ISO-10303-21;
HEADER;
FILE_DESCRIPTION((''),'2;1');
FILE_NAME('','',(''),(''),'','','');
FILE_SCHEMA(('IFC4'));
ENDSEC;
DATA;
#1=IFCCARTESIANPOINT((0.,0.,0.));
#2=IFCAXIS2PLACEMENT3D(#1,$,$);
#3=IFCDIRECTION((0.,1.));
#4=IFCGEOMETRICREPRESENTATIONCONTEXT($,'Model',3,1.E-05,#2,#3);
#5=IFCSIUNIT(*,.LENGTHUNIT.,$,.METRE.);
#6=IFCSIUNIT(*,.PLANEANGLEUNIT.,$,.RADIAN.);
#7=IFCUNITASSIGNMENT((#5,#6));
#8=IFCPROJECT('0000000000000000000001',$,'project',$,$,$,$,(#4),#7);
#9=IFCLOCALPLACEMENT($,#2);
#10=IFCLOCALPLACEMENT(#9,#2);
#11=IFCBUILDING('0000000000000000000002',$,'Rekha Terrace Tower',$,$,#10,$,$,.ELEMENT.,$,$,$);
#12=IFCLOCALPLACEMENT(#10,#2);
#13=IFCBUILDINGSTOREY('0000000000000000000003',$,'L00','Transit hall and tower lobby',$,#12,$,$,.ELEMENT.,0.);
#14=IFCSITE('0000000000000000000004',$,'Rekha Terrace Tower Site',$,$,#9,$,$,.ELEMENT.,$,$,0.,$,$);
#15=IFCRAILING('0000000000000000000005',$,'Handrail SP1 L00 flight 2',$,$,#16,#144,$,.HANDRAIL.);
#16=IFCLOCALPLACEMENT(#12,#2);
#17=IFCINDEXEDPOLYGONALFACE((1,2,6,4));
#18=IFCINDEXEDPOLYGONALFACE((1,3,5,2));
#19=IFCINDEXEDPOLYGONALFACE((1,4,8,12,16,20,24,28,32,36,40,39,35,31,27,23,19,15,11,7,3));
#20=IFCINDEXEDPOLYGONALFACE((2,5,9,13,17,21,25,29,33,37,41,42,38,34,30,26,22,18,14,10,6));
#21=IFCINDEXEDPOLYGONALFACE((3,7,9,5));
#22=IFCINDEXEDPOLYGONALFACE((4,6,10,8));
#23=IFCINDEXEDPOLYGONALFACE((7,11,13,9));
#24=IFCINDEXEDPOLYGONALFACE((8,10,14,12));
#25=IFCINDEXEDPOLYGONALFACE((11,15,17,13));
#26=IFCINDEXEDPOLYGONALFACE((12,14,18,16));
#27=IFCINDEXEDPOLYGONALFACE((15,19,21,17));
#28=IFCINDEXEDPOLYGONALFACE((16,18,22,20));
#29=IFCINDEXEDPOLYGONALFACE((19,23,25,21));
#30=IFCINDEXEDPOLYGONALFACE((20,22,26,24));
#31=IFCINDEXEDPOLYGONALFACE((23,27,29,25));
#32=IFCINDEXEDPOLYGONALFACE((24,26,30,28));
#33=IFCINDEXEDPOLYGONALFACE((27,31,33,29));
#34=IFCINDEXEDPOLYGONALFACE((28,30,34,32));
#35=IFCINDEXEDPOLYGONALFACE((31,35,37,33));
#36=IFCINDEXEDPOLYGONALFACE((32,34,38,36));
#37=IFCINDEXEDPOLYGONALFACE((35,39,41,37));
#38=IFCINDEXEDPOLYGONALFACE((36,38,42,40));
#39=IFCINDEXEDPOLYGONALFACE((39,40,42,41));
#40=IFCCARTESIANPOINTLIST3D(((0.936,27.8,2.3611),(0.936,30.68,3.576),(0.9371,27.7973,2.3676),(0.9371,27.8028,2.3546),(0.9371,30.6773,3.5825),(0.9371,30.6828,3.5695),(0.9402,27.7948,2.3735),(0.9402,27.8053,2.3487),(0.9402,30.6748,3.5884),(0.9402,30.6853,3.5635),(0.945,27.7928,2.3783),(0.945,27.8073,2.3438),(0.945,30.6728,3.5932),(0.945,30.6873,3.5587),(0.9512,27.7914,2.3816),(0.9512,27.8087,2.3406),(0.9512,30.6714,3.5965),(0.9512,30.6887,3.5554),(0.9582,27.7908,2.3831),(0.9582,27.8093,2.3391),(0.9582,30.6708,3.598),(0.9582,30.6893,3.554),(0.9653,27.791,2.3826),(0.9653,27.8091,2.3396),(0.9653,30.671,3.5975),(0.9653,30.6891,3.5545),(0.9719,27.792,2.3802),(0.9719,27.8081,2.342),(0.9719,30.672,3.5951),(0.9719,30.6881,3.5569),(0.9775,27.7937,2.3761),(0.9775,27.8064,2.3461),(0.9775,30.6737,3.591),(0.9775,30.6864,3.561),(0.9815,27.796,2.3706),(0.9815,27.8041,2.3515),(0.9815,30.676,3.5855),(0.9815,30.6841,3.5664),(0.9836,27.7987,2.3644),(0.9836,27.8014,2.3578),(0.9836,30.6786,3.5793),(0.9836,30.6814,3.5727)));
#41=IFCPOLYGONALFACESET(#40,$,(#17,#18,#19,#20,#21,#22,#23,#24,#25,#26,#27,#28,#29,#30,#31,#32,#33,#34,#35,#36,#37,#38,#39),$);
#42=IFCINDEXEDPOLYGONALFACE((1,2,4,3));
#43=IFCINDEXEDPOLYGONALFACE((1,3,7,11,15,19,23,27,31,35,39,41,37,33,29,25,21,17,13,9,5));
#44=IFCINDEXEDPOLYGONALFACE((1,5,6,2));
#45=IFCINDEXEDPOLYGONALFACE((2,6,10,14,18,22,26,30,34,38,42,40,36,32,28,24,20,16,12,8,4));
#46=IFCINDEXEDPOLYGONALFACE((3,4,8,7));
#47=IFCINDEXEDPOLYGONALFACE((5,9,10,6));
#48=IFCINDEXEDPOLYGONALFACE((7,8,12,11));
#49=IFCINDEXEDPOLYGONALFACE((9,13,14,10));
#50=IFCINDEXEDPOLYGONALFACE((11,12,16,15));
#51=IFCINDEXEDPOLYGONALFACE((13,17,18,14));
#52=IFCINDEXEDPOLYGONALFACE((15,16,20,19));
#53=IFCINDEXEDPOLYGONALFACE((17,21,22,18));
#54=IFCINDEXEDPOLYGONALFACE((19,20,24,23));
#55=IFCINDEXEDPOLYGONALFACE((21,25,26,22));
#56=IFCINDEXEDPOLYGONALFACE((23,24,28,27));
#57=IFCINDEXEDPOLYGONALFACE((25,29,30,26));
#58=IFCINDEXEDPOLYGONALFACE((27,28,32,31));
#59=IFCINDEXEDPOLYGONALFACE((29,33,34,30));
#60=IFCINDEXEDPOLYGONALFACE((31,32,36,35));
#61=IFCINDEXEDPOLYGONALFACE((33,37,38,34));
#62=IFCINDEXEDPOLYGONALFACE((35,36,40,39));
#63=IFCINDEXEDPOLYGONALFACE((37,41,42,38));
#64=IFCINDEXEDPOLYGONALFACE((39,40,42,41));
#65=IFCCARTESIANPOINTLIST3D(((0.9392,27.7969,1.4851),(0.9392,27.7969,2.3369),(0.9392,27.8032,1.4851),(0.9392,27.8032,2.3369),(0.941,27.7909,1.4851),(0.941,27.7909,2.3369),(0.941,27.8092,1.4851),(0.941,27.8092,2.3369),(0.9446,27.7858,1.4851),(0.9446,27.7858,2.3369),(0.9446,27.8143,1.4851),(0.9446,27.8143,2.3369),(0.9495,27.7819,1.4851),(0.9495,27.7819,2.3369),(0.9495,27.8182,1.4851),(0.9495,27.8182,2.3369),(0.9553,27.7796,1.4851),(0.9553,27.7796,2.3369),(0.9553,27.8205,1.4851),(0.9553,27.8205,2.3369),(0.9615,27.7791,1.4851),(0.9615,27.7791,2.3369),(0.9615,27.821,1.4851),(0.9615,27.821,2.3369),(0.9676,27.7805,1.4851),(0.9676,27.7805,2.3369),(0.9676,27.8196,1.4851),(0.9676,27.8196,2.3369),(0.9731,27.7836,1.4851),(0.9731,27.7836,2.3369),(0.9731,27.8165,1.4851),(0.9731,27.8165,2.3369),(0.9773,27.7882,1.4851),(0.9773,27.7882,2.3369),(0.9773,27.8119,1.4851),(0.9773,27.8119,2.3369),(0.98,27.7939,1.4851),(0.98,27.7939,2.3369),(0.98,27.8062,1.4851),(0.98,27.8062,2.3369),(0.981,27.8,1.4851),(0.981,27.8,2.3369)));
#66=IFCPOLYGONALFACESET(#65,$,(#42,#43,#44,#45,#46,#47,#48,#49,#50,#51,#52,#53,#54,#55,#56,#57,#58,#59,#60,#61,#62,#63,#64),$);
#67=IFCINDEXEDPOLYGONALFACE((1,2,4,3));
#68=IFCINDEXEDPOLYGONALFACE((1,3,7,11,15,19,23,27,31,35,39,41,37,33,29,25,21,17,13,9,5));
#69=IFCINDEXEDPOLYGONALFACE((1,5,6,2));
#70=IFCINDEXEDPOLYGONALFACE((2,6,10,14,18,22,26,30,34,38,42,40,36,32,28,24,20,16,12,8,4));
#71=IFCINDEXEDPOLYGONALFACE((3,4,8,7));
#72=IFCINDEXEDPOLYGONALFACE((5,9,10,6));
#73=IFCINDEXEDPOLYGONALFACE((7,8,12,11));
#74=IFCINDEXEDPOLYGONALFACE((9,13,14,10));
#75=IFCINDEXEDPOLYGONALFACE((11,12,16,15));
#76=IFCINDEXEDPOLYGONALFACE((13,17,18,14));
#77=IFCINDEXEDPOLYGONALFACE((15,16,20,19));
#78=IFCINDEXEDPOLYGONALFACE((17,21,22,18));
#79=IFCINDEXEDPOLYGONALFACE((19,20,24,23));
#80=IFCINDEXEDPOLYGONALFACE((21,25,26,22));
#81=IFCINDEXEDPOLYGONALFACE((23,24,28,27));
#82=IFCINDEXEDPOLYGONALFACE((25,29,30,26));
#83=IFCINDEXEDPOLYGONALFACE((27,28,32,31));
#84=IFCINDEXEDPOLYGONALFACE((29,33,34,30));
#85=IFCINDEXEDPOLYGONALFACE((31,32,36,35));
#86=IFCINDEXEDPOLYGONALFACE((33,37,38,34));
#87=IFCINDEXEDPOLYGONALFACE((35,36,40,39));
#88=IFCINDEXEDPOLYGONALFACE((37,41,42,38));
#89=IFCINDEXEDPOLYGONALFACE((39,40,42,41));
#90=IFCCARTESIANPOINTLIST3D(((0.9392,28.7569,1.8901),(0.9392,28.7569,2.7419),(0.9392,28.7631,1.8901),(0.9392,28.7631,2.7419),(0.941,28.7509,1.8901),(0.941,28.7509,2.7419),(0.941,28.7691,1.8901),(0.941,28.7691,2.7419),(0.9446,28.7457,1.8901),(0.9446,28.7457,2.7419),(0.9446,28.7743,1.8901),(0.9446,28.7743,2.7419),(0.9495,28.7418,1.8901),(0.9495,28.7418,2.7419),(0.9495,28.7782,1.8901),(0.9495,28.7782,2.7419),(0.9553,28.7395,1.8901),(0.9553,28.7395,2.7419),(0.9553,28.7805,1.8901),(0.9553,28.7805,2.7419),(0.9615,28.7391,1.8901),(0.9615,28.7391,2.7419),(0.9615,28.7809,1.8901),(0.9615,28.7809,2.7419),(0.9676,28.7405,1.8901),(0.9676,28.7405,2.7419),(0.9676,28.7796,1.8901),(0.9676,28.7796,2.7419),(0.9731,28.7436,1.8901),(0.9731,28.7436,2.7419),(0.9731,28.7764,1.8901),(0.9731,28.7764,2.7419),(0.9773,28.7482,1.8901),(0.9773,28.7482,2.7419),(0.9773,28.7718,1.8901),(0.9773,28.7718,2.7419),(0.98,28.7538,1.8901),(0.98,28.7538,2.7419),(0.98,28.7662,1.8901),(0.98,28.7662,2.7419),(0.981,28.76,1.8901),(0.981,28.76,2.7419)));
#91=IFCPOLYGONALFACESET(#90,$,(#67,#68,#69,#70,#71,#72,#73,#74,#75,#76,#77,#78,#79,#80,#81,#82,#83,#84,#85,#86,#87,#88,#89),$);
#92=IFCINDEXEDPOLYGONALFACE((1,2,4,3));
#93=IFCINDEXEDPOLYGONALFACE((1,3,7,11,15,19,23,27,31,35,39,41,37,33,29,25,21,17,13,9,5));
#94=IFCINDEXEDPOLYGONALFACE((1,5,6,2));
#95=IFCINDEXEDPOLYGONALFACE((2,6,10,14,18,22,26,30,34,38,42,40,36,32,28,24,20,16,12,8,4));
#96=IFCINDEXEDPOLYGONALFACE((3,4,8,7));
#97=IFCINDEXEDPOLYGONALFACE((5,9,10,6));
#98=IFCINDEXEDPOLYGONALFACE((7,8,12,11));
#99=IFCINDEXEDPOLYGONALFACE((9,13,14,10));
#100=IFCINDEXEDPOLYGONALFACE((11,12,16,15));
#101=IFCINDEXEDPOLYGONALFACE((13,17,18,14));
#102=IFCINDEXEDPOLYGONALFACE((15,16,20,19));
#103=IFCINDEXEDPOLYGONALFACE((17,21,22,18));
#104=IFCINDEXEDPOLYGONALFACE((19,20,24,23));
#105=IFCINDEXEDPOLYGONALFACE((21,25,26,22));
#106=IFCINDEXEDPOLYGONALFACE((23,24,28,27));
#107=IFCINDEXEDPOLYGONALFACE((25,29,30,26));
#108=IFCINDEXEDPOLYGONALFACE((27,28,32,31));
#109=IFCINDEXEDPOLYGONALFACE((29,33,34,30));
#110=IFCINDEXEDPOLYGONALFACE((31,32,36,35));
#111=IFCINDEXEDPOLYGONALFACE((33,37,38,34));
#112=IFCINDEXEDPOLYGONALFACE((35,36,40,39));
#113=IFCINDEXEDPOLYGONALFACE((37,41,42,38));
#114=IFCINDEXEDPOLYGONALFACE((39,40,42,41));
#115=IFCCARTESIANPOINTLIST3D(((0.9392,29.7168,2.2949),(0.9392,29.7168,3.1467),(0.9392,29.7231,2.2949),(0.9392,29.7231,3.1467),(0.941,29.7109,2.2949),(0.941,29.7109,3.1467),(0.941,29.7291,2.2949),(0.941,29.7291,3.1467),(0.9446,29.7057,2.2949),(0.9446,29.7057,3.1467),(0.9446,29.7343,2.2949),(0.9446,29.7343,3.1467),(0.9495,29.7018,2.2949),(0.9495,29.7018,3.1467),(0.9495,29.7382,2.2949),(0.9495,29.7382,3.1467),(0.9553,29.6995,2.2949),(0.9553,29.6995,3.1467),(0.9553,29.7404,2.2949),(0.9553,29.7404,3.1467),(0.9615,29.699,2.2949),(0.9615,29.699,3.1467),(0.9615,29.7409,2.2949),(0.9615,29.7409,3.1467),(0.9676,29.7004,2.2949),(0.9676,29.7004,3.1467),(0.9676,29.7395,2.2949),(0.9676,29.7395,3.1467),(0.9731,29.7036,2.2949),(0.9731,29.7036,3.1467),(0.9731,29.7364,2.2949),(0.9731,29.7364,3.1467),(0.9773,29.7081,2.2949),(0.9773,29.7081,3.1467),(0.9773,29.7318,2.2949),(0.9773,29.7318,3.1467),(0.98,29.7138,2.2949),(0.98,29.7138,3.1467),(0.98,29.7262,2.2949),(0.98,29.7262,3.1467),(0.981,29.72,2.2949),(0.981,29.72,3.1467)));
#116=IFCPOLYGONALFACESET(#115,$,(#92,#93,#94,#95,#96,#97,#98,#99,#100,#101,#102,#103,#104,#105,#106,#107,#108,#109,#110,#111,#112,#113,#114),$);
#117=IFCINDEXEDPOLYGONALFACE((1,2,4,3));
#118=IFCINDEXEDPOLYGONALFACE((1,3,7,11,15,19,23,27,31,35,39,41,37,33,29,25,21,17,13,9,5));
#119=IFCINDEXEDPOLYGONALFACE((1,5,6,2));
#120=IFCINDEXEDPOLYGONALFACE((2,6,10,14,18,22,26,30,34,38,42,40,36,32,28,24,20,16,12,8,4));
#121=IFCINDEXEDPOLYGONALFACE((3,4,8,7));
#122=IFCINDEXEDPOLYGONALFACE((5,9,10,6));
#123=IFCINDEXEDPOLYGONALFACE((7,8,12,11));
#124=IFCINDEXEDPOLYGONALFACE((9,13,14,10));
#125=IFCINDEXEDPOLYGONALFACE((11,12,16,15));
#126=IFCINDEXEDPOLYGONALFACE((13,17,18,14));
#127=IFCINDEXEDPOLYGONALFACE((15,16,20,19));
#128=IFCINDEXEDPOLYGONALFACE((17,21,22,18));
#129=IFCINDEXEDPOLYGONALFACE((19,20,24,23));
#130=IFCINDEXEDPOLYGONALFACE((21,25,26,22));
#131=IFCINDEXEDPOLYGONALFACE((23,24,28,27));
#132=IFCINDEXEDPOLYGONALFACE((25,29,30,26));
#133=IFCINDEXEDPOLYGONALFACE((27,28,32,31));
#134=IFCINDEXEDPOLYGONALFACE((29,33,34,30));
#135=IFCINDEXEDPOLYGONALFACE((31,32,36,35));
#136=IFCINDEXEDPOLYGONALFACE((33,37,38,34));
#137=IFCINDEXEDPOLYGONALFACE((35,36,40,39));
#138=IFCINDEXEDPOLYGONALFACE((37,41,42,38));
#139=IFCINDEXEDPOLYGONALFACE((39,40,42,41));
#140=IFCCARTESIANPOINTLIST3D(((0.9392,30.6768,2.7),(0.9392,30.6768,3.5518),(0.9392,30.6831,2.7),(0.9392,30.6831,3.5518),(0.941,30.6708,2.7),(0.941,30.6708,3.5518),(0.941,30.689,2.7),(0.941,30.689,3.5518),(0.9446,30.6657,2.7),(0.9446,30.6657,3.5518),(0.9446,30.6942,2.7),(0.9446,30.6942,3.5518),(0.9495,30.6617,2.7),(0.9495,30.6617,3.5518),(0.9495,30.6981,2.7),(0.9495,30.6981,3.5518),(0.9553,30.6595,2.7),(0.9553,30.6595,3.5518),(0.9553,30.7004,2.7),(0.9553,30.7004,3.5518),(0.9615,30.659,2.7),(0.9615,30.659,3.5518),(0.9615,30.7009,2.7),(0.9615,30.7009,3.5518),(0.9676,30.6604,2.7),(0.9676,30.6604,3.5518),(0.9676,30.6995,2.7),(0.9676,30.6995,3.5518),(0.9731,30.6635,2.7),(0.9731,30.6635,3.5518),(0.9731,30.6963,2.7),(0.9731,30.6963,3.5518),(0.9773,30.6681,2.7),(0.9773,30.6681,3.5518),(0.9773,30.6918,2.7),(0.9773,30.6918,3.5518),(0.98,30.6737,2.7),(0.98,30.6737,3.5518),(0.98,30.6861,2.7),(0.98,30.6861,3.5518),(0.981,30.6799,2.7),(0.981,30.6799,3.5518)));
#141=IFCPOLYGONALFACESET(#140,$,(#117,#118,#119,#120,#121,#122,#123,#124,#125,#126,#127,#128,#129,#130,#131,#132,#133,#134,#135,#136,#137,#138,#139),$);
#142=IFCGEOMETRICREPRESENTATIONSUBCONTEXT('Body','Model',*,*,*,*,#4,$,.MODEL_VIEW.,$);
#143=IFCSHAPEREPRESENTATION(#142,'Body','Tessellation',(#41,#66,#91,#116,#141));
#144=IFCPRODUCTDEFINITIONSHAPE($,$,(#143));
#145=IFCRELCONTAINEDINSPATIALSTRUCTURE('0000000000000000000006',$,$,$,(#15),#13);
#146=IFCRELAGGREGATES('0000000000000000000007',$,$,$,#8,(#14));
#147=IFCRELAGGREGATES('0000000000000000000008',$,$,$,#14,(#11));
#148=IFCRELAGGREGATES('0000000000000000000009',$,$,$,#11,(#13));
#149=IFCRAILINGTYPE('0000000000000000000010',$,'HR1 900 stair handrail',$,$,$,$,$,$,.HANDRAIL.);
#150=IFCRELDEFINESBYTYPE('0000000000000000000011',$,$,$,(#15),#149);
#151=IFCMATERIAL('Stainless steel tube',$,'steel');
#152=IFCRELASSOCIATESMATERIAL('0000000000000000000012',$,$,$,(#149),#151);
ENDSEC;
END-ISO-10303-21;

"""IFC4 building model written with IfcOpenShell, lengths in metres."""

from ifc_helpers import new_model, si_unit, direction, frame, origin, origin_2d, place, context, subcontext, project, spatial, circle, extrude, material, type_object, element, save


model = new_model("IFC4")

# Units and contexts
model_context = context("Model", 3, precision=1e-05, world=origin(), true_north=direction((0.0, 1.0)))
body_context = subcontext(model_context, "Body", "Model", "MODEL_VIEW")
ifc_project = project(units=[si_unit("LENGTHUNIT", "METRE"), si_unit("PLANEANGLEUNIT", "RADIAN")], contexts=[model_context])

# Site, building, storey
site_placement = place(None, origin())
site = spatial("IfcSite", under=ifc_project, at=site_placement, Name="Rekha Terrace Tower Site", CompositionType="ELEMENT", RefElevation=0.0)
building_placement = place(site_placement, origin())
building = spatial("IfcBuilding", under=site, at=building_placement, Name="Rekha Terrace Tower", CompositionType="ELEMENT")
storey_placement = place(building_placement, origin())
storey = spatial("IfcBuildingStorey", under=building, at=storey_placement, Name="L00", Description="Transit hall and tower lobby", CompositionType="ELEMENT", Elevation=0.0)

# Railing
ifc_material_1 = material(Name="Stainless steel tube", Category="steel")
railing_type_1 = type_object("IfcRailingType", Name="HR1 900 stair handrail", PredefinedType="HANDRAIL", material=ifc_material_1)
railing_1_placement = place(storey_placement, frame((0.96, 27.8, 1.4851)))
element("IfcRailing", 1, at=railing_1_placement, inside=storey, type_object=railing_type_1, Name="Handrail SP1 L00 flight 2", PredefinedType="HANDRAIL", context=body_context, shape_type="SweptSolid", body=[
    extrude(circle(Radius=0.0239, at=origin_2d()), frame((0.0, 0.0, 0.876), z_axis=(0.0, 0.921376, 0.388671), x_axis=(-1.0, 0.0, 0.0)), (0.0, 0.0, 1.0), 3.1257),
    extrude(circle(Radius=0.021, at=origin_2d()), origin(), (0.0, 0.0, 1.0), 0.8518),
    extrude(circle(Radius=0.021, at=origin_2d()), frame((0.0, 0.96, 0.405)), (0.0, 0.0, 1.0), 0.8518),
    extrude(circle(Radius=0.021, at=origin_2d()), frame((0.0, 1.9199, 0.8098)), (0.0, 0.0, 1.0), 0.8518),
    extrude(circle(Radius=0.021, at=origin_2d()), frame((0.0, 2.8799, 1.2148)), (0.0, 0.0, 1.0), 0.8518),
])

save(model, "model.ifc")
